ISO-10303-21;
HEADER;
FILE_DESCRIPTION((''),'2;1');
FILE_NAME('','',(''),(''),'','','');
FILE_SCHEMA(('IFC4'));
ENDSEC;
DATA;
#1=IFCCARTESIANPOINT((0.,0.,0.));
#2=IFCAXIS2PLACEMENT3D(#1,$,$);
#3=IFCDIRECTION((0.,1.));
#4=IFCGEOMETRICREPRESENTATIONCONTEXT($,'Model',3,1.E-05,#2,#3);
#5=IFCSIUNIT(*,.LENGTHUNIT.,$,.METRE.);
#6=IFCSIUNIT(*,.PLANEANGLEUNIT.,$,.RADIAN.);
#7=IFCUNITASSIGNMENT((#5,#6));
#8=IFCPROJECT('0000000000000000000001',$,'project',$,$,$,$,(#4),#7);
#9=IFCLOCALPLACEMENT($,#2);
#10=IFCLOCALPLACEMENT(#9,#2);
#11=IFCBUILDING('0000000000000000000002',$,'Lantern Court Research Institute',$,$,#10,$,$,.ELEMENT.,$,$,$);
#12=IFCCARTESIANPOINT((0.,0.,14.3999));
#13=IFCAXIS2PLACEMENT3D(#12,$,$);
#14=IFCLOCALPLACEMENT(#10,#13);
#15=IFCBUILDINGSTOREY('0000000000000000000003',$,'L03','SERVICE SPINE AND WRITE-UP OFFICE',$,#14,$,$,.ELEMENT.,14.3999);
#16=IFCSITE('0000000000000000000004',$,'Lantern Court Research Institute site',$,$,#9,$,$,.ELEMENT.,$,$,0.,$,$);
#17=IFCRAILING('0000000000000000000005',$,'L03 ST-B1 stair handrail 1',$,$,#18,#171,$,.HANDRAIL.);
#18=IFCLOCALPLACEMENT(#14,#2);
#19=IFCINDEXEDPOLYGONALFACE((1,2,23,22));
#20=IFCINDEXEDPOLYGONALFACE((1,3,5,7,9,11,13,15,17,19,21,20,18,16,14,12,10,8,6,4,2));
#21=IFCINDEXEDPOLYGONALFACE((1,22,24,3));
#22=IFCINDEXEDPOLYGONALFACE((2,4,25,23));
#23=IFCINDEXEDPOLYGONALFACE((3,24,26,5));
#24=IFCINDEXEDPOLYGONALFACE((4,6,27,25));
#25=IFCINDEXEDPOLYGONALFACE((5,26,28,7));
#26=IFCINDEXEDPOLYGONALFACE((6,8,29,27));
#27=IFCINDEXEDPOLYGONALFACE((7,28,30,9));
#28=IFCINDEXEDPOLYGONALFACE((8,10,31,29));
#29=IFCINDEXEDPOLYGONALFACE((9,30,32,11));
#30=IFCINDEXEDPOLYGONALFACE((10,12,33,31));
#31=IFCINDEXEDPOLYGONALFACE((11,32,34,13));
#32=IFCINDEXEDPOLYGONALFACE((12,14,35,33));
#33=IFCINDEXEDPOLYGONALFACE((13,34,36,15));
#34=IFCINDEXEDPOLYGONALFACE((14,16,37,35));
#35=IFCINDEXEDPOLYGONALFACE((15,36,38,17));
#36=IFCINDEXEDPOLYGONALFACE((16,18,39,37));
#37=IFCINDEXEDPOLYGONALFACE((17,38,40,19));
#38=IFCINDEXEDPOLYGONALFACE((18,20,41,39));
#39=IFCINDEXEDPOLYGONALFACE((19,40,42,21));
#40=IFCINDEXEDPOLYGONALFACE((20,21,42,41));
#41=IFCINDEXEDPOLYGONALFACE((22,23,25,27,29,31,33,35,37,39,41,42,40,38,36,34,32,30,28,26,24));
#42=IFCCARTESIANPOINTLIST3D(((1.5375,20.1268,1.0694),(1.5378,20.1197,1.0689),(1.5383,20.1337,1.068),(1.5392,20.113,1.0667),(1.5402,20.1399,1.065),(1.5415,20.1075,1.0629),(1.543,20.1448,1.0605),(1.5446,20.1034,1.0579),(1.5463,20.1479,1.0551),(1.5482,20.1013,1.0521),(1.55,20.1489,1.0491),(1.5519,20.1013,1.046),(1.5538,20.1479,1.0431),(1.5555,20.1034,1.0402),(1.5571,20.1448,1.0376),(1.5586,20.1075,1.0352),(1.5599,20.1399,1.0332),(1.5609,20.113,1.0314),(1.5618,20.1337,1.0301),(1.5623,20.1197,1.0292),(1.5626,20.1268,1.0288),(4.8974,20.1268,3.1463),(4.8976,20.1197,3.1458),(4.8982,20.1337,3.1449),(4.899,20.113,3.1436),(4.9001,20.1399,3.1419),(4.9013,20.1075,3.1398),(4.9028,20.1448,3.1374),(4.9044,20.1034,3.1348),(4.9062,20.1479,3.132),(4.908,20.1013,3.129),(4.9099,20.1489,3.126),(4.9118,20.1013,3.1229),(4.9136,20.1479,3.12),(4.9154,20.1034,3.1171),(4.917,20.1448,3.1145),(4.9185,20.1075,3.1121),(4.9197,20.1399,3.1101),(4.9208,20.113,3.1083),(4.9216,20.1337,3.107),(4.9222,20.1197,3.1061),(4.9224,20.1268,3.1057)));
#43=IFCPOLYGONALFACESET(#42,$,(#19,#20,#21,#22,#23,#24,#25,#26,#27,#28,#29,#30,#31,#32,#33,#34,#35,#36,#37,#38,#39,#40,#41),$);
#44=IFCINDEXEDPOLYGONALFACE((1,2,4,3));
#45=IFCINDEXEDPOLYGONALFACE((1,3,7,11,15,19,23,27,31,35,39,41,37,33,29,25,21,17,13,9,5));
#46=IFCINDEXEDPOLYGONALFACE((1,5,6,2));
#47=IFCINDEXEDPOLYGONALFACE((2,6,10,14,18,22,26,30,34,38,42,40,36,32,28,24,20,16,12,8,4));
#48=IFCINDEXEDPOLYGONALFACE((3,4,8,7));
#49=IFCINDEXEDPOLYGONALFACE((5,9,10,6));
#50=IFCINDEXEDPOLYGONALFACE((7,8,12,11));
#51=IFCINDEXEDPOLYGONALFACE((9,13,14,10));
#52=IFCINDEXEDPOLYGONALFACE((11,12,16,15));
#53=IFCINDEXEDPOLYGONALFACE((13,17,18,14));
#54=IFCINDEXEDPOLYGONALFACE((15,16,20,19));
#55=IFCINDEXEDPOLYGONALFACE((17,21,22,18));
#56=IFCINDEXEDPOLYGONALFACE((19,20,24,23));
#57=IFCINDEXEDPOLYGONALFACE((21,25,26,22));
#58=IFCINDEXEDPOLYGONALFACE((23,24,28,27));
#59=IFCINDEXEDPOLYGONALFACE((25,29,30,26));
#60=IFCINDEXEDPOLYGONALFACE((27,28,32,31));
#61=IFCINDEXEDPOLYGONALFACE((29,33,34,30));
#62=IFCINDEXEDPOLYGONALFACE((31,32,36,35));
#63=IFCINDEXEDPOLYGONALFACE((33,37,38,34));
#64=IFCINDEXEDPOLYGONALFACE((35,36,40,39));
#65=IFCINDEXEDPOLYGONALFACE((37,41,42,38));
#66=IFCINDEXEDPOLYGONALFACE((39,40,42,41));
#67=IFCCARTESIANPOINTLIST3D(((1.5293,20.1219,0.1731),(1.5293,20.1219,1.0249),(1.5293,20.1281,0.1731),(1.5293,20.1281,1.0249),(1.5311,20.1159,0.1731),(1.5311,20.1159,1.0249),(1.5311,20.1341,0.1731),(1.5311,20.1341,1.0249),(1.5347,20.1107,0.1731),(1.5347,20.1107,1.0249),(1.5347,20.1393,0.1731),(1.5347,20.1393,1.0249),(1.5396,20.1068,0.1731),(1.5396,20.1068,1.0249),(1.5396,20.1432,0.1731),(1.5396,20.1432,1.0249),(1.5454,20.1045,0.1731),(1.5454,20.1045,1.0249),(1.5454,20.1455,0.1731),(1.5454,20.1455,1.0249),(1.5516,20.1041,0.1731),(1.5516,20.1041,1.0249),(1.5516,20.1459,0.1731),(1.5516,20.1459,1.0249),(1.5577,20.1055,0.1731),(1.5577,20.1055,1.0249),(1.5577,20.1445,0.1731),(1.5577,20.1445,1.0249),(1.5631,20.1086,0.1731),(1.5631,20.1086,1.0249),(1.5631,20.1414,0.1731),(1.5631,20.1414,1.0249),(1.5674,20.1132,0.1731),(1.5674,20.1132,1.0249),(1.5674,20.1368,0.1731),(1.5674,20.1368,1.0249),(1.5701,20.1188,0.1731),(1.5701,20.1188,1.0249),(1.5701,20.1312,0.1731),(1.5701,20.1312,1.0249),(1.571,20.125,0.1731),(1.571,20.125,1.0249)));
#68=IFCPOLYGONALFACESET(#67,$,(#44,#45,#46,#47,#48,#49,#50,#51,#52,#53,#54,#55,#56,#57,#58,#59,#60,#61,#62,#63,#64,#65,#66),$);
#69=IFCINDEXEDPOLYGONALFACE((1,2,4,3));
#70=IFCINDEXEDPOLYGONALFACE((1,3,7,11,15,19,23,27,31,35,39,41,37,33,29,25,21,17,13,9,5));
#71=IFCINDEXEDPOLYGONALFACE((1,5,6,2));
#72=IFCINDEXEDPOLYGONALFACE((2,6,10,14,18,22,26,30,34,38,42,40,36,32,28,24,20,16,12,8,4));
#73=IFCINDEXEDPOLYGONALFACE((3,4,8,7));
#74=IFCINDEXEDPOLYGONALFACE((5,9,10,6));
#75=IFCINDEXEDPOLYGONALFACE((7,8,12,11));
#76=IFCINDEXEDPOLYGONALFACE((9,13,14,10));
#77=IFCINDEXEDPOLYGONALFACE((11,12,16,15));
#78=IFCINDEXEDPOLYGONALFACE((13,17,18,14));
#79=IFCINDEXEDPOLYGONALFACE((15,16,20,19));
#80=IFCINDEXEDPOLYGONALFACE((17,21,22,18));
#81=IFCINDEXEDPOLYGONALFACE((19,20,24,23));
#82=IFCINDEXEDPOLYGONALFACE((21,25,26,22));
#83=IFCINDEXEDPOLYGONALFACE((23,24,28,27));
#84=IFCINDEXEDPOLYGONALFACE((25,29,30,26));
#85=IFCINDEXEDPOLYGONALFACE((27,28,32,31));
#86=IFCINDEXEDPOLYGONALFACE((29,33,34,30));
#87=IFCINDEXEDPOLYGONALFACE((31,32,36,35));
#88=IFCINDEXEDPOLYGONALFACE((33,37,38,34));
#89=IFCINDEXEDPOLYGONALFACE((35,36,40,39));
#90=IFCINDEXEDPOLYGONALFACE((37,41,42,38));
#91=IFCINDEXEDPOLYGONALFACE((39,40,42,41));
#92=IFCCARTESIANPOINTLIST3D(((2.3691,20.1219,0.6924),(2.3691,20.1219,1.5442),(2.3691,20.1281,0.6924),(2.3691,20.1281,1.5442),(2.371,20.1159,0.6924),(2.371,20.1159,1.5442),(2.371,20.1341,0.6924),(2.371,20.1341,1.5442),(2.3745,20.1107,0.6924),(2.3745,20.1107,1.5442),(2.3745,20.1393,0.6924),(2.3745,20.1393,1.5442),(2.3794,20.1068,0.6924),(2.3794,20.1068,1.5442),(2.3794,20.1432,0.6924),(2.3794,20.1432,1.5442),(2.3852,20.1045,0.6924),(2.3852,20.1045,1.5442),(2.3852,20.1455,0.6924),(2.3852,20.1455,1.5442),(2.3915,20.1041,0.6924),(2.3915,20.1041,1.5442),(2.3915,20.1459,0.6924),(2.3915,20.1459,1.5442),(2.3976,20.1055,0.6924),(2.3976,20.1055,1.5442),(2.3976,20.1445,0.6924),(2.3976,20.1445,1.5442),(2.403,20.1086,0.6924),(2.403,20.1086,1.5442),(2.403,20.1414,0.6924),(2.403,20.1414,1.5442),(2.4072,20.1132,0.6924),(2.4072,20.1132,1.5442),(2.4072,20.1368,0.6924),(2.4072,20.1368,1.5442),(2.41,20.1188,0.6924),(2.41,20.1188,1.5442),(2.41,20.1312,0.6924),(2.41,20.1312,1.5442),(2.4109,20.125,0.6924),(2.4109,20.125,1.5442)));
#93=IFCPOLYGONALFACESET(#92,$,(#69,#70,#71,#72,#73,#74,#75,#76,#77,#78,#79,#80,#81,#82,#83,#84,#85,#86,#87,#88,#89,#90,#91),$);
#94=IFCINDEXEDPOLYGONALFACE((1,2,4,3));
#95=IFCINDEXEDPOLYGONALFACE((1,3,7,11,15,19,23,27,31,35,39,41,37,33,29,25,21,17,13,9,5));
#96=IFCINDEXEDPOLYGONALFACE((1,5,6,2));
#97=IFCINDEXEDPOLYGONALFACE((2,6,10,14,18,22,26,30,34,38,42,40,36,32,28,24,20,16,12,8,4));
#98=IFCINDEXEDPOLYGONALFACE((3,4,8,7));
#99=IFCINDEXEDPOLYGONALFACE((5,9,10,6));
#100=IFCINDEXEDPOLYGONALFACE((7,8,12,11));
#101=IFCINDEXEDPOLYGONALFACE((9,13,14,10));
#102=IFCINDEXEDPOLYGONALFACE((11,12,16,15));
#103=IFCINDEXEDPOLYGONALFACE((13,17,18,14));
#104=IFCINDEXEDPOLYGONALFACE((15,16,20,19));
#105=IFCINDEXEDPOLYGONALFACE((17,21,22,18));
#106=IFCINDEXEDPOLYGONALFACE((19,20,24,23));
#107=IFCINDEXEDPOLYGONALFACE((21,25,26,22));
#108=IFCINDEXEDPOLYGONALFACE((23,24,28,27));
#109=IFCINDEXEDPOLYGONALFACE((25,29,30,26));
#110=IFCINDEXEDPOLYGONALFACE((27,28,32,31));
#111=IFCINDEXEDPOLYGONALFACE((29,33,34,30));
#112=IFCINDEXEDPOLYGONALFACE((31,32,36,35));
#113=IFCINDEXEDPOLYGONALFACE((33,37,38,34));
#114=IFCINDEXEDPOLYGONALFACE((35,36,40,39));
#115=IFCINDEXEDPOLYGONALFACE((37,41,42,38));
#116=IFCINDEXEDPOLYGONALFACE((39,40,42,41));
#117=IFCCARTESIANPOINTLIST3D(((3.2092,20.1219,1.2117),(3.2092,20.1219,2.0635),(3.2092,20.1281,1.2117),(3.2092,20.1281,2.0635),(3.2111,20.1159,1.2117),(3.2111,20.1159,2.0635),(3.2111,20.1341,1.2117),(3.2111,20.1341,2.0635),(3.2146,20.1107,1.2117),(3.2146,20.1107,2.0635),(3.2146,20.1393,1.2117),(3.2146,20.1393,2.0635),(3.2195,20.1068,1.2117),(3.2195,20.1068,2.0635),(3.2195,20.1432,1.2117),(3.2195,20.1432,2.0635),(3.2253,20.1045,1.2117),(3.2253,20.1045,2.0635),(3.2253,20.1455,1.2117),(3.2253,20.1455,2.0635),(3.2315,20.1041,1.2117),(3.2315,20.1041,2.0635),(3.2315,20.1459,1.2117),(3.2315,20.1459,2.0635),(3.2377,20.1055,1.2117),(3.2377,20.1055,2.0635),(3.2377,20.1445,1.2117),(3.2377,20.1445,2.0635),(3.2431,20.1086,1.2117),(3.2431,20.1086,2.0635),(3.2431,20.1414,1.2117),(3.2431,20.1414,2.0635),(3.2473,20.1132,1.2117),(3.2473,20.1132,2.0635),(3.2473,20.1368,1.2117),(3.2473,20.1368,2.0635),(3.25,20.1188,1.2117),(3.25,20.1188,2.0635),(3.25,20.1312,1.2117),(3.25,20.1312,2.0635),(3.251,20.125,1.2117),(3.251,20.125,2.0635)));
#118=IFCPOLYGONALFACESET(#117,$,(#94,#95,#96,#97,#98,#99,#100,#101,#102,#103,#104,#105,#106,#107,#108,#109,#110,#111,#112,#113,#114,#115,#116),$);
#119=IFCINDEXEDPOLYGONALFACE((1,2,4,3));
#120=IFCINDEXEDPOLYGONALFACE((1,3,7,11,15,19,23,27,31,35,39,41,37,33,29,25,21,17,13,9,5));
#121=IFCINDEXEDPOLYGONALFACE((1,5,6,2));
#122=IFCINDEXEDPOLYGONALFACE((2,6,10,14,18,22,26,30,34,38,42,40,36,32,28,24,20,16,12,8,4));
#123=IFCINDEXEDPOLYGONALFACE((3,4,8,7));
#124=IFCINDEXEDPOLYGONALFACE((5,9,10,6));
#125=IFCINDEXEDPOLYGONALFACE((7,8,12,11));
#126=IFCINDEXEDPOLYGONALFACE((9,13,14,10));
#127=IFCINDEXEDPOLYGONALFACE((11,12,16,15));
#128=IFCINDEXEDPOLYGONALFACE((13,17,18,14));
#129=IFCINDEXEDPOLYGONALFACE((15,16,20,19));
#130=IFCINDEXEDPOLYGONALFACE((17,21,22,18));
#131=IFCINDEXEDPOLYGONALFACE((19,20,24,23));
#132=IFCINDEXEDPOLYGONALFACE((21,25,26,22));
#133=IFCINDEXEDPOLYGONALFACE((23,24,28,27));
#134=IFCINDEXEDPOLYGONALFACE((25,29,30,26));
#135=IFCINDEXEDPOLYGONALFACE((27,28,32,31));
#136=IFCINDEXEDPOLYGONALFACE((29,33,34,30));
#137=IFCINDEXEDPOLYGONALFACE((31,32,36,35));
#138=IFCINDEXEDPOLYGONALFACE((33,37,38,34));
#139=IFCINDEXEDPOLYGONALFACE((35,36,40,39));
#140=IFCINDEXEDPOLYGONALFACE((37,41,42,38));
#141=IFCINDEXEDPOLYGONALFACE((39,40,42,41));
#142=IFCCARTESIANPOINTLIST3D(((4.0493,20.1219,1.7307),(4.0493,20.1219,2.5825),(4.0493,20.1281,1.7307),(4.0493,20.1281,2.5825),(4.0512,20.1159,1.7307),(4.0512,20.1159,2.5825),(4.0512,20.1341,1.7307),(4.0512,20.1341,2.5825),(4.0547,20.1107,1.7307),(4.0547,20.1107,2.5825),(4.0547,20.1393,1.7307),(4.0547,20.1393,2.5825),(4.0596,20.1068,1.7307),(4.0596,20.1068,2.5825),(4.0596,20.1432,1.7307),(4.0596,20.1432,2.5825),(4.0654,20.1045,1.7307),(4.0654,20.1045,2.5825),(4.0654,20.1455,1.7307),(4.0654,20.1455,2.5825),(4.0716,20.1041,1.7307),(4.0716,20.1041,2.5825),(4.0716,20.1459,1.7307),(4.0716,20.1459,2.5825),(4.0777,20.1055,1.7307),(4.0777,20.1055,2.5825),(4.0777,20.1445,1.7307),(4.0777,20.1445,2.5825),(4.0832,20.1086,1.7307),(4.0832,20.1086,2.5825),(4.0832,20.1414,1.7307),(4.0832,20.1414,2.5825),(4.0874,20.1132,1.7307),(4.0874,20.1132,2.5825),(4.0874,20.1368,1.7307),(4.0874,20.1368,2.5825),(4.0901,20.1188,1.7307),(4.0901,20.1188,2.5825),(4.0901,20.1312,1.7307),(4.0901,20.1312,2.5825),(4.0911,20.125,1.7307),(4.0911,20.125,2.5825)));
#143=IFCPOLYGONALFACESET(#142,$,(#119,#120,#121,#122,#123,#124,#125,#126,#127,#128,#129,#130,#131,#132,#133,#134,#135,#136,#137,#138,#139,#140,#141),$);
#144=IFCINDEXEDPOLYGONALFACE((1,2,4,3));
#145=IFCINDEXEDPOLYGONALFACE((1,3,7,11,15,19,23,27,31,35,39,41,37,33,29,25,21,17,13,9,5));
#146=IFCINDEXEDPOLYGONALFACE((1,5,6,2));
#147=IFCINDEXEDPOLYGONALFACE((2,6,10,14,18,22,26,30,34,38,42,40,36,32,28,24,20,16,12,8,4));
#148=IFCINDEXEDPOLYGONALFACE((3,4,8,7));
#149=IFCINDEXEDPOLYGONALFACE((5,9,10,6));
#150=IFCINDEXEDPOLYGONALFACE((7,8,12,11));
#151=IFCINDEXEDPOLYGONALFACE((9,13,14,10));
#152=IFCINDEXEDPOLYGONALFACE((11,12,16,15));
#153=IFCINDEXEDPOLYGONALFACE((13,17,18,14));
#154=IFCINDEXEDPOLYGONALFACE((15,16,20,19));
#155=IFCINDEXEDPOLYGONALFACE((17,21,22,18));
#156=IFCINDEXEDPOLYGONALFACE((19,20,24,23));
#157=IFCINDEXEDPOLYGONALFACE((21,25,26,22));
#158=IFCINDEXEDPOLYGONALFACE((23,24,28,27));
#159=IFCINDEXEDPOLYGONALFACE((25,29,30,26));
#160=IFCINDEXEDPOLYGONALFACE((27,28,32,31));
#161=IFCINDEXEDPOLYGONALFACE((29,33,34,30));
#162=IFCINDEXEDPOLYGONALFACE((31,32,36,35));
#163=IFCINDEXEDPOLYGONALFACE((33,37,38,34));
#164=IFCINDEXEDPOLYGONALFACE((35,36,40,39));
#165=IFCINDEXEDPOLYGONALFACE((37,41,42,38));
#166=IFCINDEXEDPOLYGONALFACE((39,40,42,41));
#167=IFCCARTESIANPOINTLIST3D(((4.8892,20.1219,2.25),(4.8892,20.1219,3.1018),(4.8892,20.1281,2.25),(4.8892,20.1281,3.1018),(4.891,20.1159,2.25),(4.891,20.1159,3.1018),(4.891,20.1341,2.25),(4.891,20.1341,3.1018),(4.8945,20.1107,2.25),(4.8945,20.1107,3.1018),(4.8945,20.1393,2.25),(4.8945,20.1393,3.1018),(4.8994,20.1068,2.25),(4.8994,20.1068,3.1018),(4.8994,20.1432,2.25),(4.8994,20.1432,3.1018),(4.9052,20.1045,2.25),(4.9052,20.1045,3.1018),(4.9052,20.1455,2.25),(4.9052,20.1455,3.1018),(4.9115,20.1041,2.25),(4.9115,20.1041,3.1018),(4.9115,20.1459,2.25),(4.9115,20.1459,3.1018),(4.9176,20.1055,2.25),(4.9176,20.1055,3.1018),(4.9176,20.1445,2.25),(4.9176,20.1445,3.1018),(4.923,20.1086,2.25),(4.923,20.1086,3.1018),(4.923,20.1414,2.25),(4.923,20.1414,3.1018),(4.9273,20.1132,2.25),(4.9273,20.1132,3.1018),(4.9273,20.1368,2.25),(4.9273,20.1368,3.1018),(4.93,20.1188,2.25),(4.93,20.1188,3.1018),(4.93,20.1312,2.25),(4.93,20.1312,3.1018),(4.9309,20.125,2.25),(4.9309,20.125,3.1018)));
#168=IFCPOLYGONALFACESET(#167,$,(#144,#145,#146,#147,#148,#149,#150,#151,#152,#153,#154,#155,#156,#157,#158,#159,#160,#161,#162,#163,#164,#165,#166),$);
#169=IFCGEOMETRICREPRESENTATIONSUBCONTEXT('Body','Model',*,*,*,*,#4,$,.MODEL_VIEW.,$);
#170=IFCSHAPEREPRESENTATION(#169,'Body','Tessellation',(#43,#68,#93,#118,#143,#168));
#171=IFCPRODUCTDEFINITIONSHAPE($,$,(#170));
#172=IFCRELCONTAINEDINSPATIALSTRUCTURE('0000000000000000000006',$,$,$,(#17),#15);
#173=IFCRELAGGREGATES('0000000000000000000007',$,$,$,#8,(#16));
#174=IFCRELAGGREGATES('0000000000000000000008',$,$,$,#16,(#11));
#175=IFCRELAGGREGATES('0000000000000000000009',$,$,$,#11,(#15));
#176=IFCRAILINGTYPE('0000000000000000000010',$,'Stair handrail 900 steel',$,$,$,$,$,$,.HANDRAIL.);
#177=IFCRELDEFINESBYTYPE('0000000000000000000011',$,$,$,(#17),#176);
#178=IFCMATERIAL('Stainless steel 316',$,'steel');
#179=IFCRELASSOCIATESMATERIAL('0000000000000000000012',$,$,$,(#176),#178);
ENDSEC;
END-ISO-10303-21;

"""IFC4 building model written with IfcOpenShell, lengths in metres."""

from ifc_helpers import new_model, si_unit, direction, frame, origin, origin_2d, place, context, subcontext, project, spatial, circle, extrude, material, type_object, element, save


model = new_model("IFC4")

# Units and contexts
model_context = context("Model", 3, precision=1e-05, world=origin(), true_north=direction((0.0, 1.0)))
body_context = subcontext(model_context, "Body", "Model", "MODEL_VIEW")
ifc_project = project(units=[si_unit("LENGTHUNIT", "METRE"), si_unit("PLANEANGLEUNIT", "RADIAN")], contexts=[model_context])

# Site, building, storey
site_placement = place(None, origin())
site = spatial("IfcSite", under=ifc_project, at=site_placement, Name="Lantern Court Research Institute site", CompositionType="ELEMENT", RefElevation=0.0)
building_placement = place(site_placement, origin())
building = spatial("IfcBuilding", under=site, at=building_placement, Name="Lantern Court Research Institute", CompositionType="ELEMENT")
storey_placement = place(building_placement, frame((0.0, 0.0, 14.3999)))
storey = spatial("IfcBuildingStorey", under=building, at=storey_placement, Name="L03", Description="SERVICE SPINE AND WRITE-UP OFFICE", CompositionType="ELEMENT", Elevation=14.3999)

# Railing
ifc_material_1 = material(Name="Stainless steel 316", Category="steel")
railing_type_1 = type_object("IfcRailingType", Name="Stair handrail 900 steel", PredefinedType="HANDRAIL", material=ifc_material_1)
railing_1_placement = place(storey_placement, frame((1.55, 20.125, 0.1731)))
element("IfcRailing", 1, at=railing_1_placement, inside=storey, type_object=railing_type_1, Name="L03 ST-B1 stair handrail 1", PredefinedType="HANDRAIL", context=body_context, shape_type="SweptSolid", body=[
    extrude(circle(Radius=0.0239, at=origin_2d()), frame((0.0, 0.0, 0.876), z_axis=(0.850606, 0.0, 0.525803), x_axis=(0.0, 1.0, 0.0)), (0.0, 0.0, 1.0), 3.95),
    extrude(circle(Radius=0.021, at=origin_2d()), origin(), (0.0, 0.0, 1.0), 0.8518),
    extrude(circle(Radius=0.021, at=origin_2d()), frame((0.8398, 0.0, 0.5193)), (0.0, 0.0, 1.0), 0.8518),
    extrude(circle(Radius=0.021, at=origin_2d()), frame((1.6799, 0.0, 1.0386)), (0.0, 0.0, 1.0), 0.8518),
    extrude(circle(Radius=0.021, at=origin_2d()), frame((2.52, 0.0, 1.5576)), (0.0, 0.0, 1.0), 0.8518),
    extrude(circle(Radius=0.021, at=origin_2d()), frame((3.3599, 0.0, 2.0769)), (0.0, 0.0, 1.0), 0.8518),
])

save(model, "model.ifc")
